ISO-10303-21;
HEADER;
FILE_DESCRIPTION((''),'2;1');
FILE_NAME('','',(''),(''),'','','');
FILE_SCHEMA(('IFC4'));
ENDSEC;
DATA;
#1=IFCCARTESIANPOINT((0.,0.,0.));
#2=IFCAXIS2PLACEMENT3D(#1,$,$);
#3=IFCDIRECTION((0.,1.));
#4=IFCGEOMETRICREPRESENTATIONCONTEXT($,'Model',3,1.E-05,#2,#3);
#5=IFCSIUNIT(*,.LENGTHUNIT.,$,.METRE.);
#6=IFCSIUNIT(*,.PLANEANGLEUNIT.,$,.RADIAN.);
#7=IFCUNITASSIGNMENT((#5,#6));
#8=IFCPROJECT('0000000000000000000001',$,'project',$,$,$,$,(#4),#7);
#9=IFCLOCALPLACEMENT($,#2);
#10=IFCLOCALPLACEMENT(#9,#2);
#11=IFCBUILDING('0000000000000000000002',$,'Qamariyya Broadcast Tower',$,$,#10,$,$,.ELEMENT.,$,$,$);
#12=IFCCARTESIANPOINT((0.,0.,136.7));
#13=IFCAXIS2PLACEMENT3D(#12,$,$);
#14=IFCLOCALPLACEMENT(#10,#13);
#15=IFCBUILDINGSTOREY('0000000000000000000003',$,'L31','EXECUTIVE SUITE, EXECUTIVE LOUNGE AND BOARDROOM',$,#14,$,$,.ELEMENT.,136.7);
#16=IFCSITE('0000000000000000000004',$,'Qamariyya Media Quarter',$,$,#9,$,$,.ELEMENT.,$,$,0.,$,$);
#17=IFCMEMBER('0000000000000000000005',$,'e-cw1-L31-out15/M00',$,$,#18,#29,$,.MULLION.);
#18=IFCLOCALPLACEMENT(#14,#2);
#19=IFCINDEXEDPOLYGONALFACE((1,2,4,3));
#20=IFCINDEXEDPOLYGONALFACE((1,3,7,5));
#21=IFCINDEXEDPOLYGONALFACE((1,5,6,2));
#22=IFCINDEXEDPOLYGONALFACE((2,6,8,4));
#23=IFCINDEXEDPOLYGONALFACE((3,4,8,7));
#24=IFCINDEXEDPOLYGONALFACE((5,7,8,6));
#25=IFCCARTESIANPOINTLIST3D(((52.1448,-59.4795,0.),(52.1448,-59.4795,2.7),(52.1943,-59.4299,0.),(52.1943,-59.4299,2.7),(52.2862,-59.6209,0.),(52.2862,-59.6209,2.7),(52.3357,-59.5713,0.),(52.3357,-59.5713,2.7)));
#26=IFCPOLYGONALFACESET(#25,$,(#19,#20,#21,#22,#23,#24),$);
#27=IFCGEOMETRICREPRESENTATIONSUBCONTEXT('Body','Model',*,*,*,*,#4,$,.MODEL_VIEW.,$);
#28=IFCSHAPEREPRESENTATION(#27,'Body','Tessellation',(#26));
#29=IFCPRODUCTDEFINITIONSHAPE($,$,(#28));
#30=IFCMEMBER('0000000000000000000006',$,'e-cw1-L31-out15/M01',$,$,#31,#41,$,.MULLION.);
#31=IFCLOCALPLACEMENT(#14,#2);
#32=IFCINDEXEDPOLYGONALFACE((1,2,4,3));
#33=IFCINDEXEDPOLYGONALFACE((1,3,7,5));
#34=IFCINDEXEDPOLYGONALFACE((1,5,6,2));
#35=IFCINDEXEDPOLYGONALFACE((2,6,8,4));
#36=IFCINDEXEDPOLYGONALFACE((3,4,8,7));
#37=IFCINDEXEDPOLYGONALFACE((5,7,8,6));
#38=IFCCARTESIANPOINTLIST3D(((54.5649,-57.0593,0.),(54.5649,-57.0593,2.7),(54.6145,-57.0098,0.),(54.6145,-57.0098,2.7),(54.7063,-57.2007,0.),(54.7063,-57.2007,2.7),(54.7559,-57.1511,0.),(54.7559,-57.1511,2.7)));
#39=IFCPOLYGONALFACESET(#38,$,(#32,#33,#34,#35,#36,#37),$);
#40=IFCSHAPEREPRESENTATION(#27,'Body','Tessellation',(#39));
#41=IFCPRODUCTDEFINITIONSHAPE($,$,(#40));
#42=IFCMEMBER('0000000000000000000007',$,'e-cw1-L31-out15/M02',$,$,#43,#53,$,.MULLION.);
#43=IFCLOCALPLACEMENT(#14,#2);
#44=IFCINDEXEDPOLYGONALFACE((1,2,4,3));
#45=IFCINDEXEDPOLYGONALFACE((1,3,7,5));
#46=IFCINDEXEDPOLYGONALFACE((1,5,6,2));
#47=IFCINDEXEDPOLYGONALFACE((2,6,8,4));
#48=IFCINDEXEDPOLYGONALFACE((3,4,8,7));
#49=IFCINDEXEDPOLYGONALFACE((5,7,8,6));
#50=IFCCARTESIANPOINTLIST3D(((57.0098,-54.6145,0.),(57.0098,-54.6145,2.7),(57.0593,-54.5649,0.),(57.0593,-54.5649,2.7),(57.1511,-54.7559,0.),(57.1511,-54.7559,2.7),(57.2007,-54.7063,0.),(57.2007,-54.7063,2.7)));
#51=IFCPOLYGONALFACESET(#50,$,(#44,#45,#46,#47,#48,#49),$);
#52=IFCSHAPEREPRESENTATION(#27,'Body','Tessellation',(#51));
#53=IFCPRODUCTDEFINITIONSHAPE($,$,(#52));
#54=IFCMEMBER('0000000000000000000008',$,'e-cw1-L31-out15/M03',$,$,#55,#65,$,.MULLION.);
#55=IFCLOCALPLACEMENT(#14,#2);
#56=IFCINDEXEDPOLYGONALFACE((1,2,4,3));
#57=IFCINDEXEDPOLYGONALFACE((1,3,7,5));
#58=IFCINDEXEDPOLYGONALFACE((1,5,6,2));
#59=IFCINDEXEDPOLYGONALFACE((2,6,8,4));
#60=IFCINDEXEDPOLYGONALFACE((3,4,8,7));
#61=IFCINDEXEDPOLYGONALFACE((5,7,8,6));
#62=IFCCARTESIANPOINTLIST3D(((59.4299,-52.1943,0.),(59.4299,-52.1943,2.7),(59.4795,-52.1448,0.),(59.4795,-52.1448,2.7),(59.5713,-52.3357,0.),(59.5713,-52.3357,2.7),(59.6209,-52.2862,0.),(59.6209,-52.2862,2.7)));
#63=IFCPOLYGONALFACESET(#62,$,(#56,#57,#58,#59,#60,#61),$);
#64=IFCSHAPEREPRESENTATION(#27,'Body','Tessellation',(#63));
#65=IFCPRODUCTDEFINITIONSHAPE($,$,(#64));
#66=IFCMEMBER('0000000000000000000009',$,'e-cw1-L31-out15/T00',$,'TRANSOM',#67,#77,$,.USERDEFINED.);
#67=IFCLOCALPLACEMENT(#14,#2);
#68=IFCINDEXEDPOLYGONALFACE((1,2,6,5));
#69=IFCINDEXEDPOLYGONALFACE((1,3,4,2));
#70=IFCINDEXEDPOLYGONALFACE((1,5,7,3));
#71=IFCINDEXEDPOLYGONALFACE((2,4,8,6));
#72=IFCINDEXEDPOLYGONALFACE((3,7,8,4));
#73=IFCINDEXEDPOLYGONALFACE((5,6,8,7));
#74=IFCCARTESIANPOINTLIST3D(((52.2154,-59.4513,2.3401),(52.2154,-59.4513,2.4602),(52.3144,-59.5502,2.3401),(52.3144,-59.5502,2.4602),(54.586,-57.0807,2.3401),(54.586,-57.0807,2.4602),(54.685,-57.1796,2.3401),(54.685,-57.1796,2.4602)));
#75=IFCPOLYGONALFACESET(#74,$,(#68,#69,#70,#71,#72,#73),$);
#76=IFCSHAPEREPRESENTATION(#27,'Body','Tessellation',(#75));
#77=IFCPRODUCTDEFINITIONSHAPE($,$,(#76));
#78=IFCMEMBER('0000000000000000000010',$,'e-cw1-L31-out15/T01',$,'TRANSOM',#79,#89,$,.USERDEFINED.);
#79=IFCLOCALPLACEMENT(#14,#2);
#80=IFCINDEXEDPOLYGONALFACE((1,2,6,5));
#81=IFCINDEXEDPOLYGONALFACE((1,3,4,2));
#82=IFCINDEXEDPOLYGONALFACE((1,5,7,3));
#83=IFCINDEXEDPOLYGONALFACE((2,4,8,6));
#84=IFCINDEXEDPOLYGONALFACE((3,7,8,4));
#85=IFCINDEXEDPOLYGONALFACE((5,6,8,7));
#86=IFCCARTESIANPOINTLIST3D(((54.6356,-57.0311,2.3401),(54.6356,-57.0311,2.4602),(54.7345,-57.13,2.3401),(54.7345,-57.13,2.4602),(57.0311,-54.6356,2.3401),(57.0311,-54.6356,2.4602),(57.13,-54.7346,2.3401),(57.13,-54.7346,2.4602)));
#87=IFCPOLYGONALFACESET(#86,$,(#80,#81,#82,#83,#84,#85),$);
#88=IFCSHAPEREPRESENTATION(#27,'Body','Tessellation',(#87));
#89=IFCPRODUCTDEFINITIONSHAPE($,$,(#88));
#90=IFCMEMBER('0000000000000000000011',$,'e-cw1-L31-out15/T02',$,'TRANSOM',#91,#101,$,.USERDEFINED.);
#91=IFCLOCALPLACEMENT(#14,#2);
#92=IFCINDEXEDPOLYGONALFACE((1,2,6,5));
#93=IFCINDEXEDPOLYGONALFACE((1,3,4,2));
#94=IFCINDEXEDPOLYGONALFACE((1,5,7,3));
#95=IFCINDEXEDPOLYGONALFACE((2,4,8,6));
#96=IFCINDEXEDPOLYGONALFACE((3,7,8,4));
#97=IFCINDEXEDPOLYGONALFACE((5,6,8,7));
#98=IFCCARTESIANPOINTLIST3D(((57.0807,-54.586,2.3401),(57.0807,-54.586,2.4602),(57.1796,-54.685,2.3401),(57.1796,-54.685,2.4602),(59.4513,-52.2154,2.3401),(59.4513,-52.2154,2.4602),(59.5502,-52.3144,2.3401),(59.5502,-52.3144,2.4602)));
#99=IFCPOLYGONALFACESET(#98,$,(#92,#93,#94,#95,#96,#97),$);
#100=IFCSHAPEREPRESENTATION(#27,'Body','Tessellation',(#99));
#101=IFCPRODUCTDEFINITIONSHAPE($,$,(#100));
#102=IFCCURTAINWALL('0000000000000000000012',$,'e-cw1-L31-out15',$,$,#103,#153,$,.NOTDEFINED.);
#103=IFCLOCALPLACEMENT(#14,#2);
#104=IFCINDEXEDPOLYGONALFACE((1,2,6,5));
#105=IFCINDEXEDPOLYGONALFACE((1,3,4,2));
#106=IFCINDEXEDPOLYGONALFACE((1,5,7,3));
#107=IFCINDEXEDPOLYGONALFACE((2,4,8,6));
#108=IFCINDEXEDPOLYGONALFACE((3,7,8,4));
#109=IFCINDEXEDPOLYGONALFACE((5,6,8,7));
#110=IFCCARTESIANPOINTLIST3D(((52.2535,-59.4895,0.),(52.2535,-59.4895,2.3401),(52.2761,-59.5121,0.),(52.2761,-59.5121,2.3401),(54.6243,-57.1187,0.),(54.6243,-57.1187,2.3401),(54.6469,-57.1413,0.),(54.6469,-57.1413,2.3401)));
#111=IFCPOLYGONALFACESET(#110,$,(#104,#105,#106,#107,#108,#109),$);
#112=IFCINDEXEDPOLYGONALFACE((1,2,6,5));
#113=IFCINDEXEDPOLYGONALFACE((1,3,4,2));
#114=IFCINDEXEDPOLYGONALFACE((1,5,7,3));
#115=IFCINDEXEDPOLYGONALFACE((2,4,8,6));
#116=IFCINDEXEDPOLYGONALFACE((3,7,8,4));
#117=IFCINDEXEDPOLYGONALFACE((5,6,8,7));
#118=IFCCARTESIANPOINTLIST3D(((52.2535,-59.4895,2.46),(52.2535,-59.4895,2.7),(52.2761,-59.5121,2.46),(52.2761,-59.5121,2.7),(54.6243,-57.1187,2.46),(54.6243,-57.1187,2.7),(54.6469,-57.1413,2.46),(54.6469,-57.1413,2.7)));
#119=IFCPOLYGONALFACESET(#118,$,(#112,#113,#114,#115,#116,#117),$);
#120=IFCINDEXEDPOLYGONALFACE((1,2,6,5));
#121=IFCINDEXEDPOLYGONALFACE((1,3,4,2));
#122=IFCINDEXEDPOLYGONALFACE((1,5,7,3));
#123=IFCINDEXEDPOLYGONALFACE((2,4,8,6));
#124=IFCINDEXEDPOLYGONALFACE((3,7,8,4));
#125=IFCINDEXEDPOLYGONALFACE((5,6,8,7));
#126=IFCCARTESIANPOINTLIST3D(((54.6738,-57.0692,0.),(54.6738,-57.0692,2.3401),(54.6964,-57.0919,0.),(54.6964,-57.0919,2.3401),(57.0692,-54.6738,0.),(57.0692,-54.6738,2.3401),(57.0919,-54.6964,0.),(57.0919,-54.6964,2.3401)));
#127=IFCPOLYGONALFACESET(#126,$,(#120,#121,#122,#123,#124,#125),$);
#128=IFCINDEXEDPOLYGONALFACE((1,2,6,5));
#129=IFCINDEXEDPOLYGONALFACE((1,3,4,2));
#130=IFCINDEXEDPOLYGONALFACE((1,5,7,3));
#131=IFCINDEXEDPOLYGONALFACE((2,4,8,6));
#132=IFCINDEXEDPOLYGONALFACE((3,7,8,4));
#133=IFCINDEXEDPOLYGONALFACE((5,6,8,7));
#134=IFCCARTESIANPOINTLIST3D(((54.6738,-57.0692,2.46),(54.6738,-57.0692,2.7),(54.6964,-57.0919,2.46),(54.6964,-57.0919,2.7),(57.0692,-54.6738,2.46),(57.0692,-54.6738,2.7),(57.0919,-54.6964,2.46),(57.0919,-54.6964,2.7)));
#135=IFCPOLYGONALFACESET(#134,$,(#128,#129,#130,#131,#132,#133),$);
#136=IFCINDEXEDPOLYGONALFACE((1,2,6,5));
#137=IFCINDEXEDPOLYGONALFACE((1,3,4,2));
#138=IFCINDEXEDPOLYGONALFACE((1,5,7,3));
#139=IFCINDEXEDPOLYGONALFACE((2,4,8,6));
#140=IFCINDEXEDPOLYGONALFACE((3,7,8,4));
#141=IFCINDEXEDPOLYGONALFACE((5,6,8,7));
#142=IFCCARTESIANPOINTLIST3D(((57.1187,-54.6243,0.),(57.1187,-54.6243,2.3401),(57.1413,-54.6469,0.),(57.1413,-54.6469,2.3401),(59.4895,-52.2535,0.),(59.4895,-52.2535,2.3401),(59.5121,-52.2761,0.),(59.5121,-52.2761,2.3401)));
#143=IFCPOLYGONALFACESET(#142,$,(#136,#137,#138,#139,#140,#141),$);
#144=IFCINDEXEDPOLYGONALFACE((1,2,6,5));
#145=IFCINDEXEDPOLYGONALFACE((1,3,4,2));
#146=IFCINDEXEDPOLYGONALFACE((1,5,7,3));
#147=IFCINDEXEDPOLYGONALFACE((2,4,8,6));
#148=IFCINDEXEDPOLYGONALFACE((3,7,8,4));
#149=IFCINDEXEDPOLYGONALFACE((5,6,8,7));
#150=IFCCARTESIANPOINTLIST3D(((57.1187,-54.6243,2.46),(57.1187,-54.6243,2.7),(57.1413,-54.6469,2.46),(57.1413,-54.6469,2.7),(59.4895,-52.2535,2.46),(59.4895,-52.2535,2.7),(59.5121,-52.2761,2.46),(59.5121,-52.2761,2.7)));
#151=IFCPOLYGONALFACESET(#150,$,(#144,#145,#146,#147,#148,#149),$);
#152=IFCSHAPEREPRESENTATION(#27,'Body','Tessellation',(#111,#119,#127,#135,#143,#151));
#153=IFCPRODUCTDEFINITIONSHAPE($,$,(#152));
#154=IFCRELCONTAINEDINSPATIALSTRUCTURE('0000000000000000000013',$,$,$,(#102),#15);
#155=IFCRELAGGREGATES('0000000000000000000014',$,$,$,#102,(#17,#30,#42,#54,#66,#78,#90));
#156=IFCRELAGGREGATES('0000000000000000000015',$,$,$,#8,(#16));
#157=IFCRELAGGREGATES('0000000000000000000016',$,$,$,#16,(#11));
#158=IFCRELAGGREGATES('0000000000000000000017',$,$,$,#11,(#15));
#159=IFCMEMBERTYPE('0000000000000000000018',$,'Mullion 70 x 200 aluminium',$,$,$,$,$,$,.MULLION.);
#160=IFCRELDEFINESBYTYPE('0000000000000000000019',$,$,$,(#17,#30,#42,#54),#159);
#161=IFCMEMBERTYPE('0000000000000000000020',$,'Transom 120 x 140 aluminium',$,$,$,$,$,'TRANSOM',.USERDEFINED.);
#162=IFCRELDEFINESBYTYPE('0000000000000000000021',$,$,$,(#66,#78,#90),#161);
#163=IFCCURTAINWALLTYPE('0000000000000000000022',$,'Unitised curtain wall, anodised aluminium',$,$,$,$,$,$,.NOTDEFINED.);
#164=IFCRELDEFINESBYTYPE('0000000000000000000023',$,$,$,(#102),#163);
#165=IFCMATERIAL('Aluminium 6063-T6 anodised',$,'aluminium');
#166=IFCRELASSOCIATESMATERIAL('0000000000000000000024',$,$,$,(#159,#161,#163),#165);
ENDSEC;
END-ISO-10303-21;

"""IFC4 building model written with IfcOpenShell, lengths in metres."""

from ifc_helpers import new_model, si_unit, direction, frame, origin, origin_2d, place, context, subcontext, project, spatial, rectangle, extrude, material, material_profile, profile_set, type_object, element, aggregate, save


model = new_model("IFC4")

# Units and contexts
model_context = context("Model", 3, precision=1e-05, world=origin(), true_north=direction((0.0, 1.0)))
body_context = subcontext(model_context, "Body", "Model", "MODEL_VIEW")
ifc_project = project(units=[si_unit("LENGTHUNIT", "METRE"), si_unit("PLANEANGLEUNIT", "RADIAN")], contexts=[model_context])

# Members
ifc_material_1 = material(Name="Aluminium 6063-T6 anodised", Category="aluminium")
ifc_material_profile_1 = material_profile(ifc_material_1, rectangle(XDim=0.2, YDim=0.0701, at=origin_2d()))
ifc_profile_set_1 = profile_set([ifc_material_profile_1], Name="Aluminium 6063-T6 anodised")
member_type_1 = type_object("IfcMemberType", Name="Mullion 70 x 200 aluminium", PredefinedType="MULLION", material=ifc_profile_set_1)
site_placement = place(None, origin())
building_placement = place(site_placement, origin())
storey_placement = place(building_placement, frame((0.0, 0.0, 136.7)))
member_1_placement = place(storey_placement, frame((52.2402, -59.5254, 0.0), z_axis=(0.0, 0.0, 1.0), x_axis=(-0.707107, 0.707107, 0.0)))
member_1 = element("IfcMember", 1, at=member_1_placement, type_object=member_type_1, Name="e-cw1-L31-out15/M00", PredefinedType="MULLION", context=body_context, shape_type="SweptSolid", body=[
    extrude(rectangle(XDim=0.2, YDim=0.0701, at=origin_2d()), origin(), (0.0, 0.0, 1.0), 2.7),
])
member_2_placement = place(storey_placement, frame((54.6604, -57.1052, 0.0), z_axis=(0.0, 0.0, 1.0), x_axis=(-0.707107, 0.707107, 0.0)))
member_2 = element("IfcMember", 2, at=member_2_placement, type_object=member_type_1, Name="e-cw1-L31-out15/M01", PredefinedType="MULLION", context=body_context, shape_type="SweptSolid", body=[
    extrude(rectangle(XDim=0.2, YDim=0.0701, at=origin_2d()), origin(), (0.0, 0.0, 1.0), 2.7),
])
member_3_placement = place(storey_placement, frame((57.1052, -54.6604, 0.0), z_axis=(0.0, 0.0, 1.0), x_axis=(-0.707107, 0.707107, 0.0)))
member_3 = element("IfcMember", 3, at=member_3_placement, type_object=member_type_1, Name="e-cw1-L31-out15/M02", PredefinedType="MULLION", context=body_context, shape_type="SweptSolid", body=[
    extrude(rectangle(XDim=0.2, YDim=0.0701, at=origin_2d()), origin(), (0.0, 0.0, 1.0), 2.7),
])
member_4_placement = place(storey_placement, frame((59.5254, -52.2402, 0.0), z_axis=(0.0, 0.0, 1.0), x_axis=(-0.707107, 0.707107, 0.0)))
member_4 = element("IfcMember", 4, at=member_4_placement, type_object=member_type_1, Name="e-cw1-L31-out15/M03", PredefinedType="MULLION", context=body_context, shape_type="SweptSolid", body=[
    extrude(rectangle(XDim=0.2, YDim=0.0701, at=origin_2d()), origin(), (0.0, 0.0, 1.0), 2.7),
])
ifc_material_profile_2 = material_profile(ifc_material_1, rectangle(XDim=0.1399, YDim=0.1201, at=origin_2d()))
ifc_profile_set_2 = profile_set([ifc_material_profile_2], Name="Aluminium 6063-T6 anodised")
member_type_2 = type_object("IfcMemberType", Name="Transom 120 x 140 aluminium", ElementType="TRANSOM", PredefinedType="USERDEFINED", material=ifc_profile_set_2)
member_5_placement = place(storey_placement, frame((52.2649, -59.5007, 2.4001), z_axis=(0.707107, 0.707107, 0.0), x_axis=(-0.707107, 0.707107, 0.0)))
member_5 = element("IfcMember", 5, at=member_5_placement, type_object=member_type_2, Name="e-cw1-L31-out15/T00", ObjectType="TRANSOM", PredefinedType="USERDEFINED", context=body_context, shape_type="SweptSolid", body=[
    extrude(rectangle(XDim=0.1399, YDim=0.1201, at=origin_2d()), origin(), (0.0, 0.0, 1.0), 3.3525),
])
member_6_placement = place(storey_placement, frame((54.6851, -57.0806, 2.4001), z_axis=(0.707107, 0.707107, 0.0), x_axis=(-0.707107, 0.707107, 0.0)))
member_6 = element("IfcMember", 6, at=member_6_placement, type_object=member_type_2, Name="e-cw1-L31-out15/T01", ObjectType="TRANSOM", PredefinedType="USERDEFINED", context=body_context, shape_type="SweptSolid", body=[
    extrude(rectangle(XDim=0.1399, YDim=0.1201, at=origin_2d()), origin(), (0.0, 0.0, 1.0), 3.3877),
])
member_7_placement = place(storey_placement, frame((57.1301, -54.6355, 2.4001), z_axis=(0.707107, 0.707107, 0.0), x_axis=(-0.707107, 0.707107, 0.0)))
member_7 = element("IfcMember", 7, at=member_7_placement, type_object=member_type_2, Name="e-cw1-L31-out15/T02", ObjectType="TRANSOM", PredefinedType="USERDEFINED", context=body_context, shape_type="SweptSolid", body=[
    extrude(rectangle(XDim=0.1399, YDim=0.1201, at=origin_2d()), origin(), (0.0, 0.0, 1.0), 3.3525),
])

# Site, building, storey
site = spatial("IfcSite", under=ifc_project, at=site_placement, Name="Qamariyya Media Quarter", CompositionType="ELEMENT", RefElevation=0.0)
building = spatial("IfcBuilding", under=site, at=building_placement, Name="Qamariyya Broadcast Tower", CompositionType="ELEMENT")
storey = spatial("IfcBuildingStorey", under=building, at=storey_placement, Name="L31", Description="EXECUTIVE SUITE, EXECUTIVE LOUNGE AND BOARDROOM", CompositionType="ELEMENT", Elevation=136.7)

# Curtain wall
curtain_wall_type = type_object("IfcCurtainWallType", Name="Unitised curtain wall, anodised aluminium", PredefinedType="NOTDEFINED", material=ifc_material_1)
curtain_wall_1_placement = place(storey_placement, origin())
curtain_wall_1 = element("IfcCurtainWall", 8, at=curtain_wall_1_placement, inside=storey, type_object=curtain_wall_type, Name="e-cw1-L31-out15", PredefinedType="NOTDEFINED", context=body_context, shape_type="SweptSolid", body=[
    extrude(rectangle(XDim=3.3528, YDim=0.032, at=origin_2d()), frame((53.4502, -58.3154, 0.0), x_axis=(0.707107, 0.707107, 0.0)), (0.0, 0.0, 1.0), 2.3401),
    extrude(rectangle(XDim=3.3528, YDim=0.032, at=origin_2d()), frame((53.4502, -58.3154, 2.46), x_axis=(0.707107, 0.707107, 0.0)), (0.0, 0.0, 1.0), 0.24),
    extrude(rectangle(XDim=3.3877, YDim=0.032, at=origin_2d()), frame((55.8828, -55.8828, 0.0), x_axis=(0.707107, 0.707107, 0.0)), (0.0, 0.0, 1.0), 2.3401),
    extrude(rectangle(XDim=3.3877, YDim=0.032, at=origin_2d()), frame((55.8828, -55.8828, 2.46), x_axis=(0.707107, 0.707107, 0.0)), (0.0, 0.0, 1.0), 0.24),
    extrude(rectangle(XDim=3.3528, YDim=0.032, at=origin_2d()), frame((58.3154, -53.4502, 0.0), x_axis=(0.707107, 0.707107, 0.0)), (0.0, 0.0, 1.0), 2.3401),
    extrude(rectangle(XDim=3.3528, YDim=0.032, at=origin_2d()), frame((58.3154, -53.4502, 2.46), x_axis=(0.707107, 0.707107, 0.0)), (0.0, 0.0, 1.0), 0.24),
])
aggregate(curtain_wall_1, [member_1, member_2, member_3, member_4, member_5, member_6, member_7])

save(model, "model.ifc")
